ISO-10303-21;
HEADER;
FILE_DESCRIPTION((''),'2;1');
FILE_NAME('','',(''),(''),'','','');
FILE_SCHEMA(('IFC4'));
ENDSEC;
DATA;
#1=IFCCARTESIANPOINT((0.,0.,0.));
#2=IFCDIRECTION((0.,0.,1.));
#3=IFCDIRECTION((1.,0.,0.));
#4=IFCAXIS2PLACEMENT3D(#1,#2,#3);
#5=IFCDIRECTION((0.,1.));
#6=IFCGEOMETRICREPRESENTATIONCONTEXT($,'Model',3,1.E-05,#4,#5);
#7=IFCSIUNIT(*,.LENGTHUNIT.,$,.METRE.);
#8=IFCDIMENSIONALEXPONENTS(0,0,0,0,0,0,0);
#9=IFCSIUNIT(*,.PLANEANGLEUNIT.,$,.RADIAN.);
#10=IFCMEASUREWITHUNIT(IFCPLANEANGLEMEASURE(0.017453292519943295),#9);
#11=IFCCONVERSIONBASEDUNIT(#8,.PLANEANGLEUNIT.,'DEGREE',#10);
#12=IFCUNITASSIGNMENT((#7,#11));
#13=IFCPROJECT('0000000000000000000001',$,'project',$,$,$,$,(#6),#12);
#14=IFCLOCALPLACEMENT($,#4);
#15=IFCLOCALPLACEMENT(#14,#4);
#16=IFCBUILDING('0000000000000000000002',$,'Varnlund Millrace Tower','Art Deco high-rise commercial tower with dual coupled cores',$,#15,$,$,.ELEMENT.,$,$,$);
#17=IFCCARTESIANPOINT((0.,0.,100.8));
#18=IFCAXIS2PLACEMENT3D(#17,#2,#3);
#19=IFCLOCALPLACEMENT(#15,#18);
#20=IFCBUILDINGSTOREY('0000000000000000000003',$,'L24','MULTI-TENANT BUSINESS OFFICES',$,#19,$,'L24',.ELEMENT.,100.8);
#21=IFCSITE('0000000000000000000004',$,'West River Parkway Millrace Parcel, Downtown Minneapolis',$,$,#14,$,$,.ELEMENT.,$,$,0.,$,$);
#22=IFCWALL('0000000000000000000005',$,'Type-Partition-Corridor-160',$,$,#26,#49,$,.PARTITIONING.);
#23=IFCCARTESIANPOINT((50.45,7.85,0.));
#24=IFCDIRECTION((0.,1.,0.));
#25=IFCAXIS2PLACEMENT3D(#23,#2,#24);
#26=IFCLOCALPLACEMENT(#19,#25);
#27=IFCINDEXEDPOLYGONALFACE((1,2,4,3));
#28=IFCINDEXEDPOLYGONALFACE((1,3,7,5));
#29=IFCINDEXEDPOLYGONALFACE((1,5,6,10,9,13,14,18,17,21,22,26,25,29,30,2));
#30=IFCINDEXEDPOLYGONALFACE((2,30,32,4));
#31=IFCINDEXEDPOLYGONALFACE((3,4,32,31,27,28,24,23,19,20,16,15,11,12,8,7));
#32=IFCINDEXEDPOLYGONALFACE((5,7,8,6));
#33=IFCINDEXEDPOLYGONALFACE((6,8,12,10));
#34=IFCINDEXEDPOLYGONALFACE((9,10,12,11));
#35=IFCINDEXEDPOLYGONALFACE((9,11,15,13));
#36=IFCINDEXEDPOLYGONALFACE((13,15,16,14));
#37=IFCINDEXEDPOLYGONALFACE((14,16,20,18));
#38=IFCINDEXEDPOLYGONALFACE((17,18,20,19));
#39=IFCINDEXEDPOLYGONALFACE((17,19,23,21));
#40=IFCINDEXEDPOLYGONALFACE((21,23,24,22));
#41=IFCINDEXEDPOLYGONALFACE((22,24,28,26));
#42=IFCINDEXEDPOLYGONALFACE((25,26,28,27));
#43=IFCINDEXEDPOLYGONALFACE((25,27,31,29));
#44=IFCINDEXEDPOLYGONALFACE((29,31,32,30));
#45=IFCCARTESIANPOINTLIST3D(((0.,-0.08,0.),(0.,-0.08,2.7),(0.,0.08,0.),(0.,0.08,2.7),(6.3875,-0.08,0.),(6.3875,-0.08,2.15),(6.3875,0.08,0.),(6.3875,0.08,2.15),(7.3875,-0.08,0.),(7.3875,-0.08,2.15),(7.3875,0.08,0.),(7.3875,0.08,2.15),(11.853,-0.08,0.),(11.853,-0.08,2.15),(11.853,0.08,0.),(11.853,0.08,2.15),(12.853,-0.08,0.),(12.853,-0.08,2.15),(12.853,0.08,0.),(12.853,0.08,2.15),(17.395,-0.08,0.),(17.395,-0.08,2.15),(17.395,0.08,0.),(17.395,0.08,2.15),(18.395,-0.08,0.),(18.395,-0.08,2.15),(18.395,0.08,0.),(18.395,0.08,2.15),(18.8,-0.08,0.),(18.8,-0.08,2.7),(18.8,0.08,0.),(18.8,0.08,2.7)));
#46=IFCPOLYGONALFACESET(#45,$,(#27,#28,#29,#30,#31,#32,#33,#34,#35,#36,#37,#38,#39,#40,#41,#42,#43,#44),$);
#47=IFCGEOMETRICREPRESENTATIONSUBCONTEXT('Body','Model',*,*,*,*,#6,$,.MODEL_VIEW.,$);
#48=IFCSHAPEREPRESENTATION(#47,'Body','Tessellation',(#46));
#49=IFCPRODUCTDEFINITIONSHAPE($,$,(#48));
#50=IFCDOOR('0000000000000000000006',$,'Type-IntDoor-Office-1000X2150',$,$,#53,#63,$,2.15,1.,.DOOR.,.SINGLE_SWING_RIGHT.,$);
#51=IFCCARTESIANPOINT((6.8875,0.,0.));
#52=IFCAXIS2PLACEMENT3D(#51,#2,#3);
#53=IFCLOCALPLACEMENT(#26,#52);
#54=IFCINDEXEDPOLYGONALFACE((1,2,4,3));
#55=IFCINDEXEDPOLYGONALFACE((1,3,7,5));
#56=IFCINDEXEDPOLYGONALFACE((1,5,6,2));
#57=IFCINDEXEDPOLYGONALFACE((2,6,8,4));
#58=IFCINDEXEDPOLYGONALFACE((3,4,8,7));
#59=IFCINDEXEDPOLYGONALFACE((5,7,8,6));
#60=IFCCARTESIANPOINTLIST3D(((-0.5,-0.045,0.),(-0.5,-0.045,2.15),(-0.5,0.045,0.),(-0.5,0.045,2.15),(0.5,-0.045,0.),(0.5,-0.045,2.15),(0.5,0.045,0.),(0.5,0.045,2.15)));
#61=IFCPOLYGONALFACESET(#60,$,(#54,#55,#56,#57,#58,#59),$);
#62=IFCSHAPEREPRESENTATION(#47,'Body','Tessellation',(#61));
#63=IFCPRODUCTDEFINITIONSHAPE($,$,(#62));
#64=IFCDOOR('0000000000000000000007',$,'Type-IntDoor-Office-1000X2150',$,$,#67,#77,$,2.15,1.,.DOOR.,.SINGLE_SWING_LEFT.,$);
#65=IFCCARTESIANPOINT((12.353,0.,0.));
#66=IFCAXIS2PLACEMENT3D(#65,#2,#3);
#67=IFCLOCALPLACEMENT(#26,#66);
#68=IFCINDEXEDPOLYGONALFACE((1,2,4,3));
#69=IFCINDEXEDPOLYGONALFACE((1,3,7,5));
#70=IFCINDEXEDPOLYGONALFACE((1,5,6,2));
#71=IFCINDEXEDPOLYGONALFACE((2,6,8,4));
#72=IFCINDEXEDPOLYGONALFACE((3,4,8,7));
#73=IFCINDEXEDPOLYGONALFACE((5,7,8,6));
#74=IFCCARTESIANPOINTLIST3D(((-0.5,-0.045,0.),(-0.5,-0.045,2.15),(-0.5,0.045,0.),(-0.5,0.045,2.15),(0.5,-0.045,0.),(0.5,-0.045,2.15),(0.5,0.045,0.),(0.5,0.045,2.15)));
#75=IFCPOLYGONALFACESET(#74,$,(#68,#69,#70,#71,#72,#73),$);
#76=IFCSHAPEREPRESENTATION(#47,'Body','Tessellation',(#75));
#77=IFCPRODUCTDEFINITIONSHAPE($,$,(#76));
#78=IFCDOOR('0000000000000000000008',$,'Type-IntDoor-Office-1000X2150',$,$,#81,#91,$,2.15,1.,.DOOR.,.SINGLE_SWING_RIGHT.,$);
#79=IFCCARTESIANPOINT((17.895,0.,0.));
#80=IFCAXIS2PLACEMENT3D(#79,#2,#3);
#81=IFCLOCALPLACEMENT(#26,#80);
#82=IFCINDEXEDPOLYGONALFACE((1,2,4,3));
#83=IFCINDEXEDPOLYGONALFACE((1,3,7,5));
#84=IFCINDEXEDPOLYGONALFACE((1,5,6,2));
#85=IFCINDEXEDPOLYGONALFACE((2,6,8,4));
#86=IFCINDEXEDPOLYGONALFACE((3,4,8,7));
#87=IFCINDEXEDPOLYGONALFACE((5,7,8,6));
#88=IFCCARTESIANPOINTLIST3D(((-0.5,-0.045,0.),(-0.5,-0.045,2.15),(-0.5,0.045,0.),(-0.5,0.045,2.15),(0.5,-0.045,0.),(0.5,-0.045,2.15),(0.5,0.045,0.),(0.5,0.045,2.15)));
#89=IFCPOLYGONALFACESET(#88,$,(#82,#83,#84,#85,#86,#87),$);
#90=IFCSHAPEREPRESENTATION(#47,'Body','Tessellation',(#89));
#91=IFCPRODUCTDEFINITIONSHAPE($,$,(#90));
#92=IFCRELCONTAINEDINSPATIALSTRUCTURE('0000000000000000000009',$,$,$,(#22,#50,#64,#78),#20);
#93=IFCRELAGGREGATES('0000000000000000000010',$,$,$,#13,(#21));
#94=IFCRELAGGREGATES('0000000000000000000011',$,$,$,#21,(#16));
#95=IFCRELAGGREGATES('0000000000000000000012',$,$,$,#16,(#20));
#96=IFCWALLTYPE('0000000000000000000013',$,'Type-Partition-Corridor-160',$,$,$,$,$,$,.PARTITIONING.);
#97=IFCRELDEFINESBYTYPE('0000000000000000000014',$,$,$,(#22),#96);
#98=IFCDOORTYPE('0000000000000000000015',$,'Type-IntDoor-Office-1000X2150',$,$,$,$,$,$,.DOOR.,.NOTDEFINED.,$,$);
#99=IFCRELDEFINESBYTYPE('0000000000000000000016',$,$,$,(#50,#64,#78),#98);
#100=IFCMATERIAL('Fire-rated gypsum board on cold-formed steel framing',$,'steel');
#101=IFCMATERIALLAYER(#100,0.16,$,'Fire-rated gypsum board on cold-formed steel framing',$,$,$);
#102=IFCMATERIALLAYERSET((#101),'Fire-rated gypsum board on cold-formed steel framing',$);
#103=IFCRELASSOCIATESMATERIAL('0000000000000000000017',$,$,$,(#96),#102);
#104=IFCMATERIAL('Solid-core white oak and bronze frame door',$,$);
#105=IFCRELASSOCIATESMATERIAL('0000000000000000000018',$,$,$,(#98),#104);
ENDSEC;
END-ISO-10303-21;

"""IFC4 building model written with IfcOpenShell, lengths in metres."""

from ifc_helpers import new_model, entity, si_unit, converted_unit, direction, frame, origin_with_axes, origin_2d_with_axis, place, context, subcontext, project, spatial, polyline, rectangle, outline, extrude, material, layer, layer_set, type_object, element, fill, save


model = new_model("IFC4")

# Units and contexts
model_context = context("Model", 3, precision=1e-05, world=origin_with_axes(), true_north=direction((0.0, 1.0)))
body_context = subcontext(model_context, "Body", "Model", "MODEL_VIEW")
ifc_project = project(units=[si_unit("LENGTHUNIT", "METRE"), converted_unit("PLANEANGLEUNIT", "DEGREE", entity("IfcPlaneAngleMeasure", 0.017453292519943295), si_unit("PLANEANGLEUNIT", "RADIAN"), dimensions=[0, 0, 0, 0, 0, 0, 0])], contexts=[model_context])

# Site, building, storey
site_placement = place(None, origin_with_axes())
site = spatial("IfcSite", under=ifc_project, at=site_placement, Name="West River Parkway Millrace Parcel, Downtown Minneapolis", CompositionType="ELEMENT", RefElevation=0.0)
building_placement = place(site_placement, origin_with_axes())
building = spatial("IfcBuilding", under=site, at=building_placement, Name="Varnlund Millrace Tower", Description="Art Deco high-rise commercial tower with dual coupled cores", CompositionType="ELEMENT")
storey_placement = place(building_placement, frame((0.0, 0.0, 100.8), z_axis=(0.0, 0.0, 1.0), x_axis=(1.0, 0.0, 0.0)))
storey = spatial("IfcBuildingStorey", under=building, at=storey_placement, Name="L24", Description="MULTI-TENANT BUSINESS OFFICES", LongName="L24", CompositionType="ELEMENT", Elevation=100.8)

# Shared definitions
ifc_material_1 = material(Name="Fire-rated gypsum board on cold-formed steel framing", Category="steel")
ifc_layer_1 = layer(ifc_material_1, 0.16, Name="Fire-rated gypsum board on cold-formed steel framing")
ifc_layer_set_1 = layer_set([ifc_layer_1], Name="Fire-rated gypsum board on cold-formed steel framing")
wall_type_1 = type_object("IfcWallType", Name="Type-Partition-Corridor-160", PredefinedType="PARTITIONING", material=ifc_layer_set_1)

# Wall, openings, doors
wall_1_placement = place(storey_placement, frame((50.45, 7.85, 0.0), z_axis=(0.0, 0.0, 1.0), x_axis=(0.0, 1.0, 0.0)))
wall_1 = element("IfcWall", 1, at=wall_1_placement, inside=storey, type_object=wall_type_1, Name="Type-Partition-Corridor-160", PredefinedType="PARTITIONING", context=body_context, shape_type="SweptSolid", body=[
    extrude(outline(polyline([(0.0, -0.08), (18.8, -0.08), (18.8, 0.08), (0.0, 0.08), (0.0, -0.08)])), origin_with_axes(), (0.0, 0.0, 1.0), 2.7),
])
opening_1_placement = place(wall_1_placement, frame((6.8875, 0.0, 0.0), z_axis=(0.0, 0.0, 1.0), x_axis=(1.0, 0.0, 0.0)))
opening_1 = element("IfcOpeningElement", 2, at=opening_1_placement, cuts=wall_1, PredefinedType="OPENING", context=body_context, shape_type="SweptSolid", body=[
    extrude(rectangle(XDim=1.0, YDim=0.18, at=origin_2d_with_axis()), origin_with_axes(), (0.0, 0.0, 1.0), 2.15),
])
opening_2_placement = place(wall_1_placement, frame((12.353, 0.0, 0.0), z_axis=(0.0, 0.0, 1.0), x_axis=(1.0, 0.0, 0.0)))
opening_2 = element("IfcOpeningElement", 3, at=opening_2_placement, cuts=wall_1, PredefinedType="OPENING", context=body_context, shape_type="SweptSolid", body=[
    extrude(rectangle(XDim=1.0, YDim=0.18, at=origin_2d_with_axis()), origin_with_axes(), (0.0, 0.0, 1.0), 2.15),
])
opening_3_placement = place(wall_1_placement, frame((17.895, 0.0, 0.0), z_axis=(0.0, 0.0, 1.0), x_axis=(1.0, 0.0, 0.0)))
opening_3 = element("IfcOpeningElement", 4, at=opening_3_placement, cuts=wall_1, PredefinedType="OPENING", context=body_context, shape_type="SweptSolid", body=[
    extrude(rectangle(XDim=1.0, YDim=0.18, at=origin_2d_with_axis()), origin_with_axes(), (0.0, 0.0, 1.0), 2.15),
])
ifc_material_2 = material(Name="Solid-core white oak and bronze frame door")
door_type = type_object("IfcDoorType", Name="Type-IntDoor-Office-1000X2150", OperationType="NOTDEFINED", PredefinedType="DOOR", material=ifc_material_2)
door_1_placement = place(wall_1_placement, frame((6.8875, 0.0, 0.0), z_axis=(0.0, 0.0, 1.0), x_axis=(1.0, 0.0, 0.0)))
door_1 = element("IfcDoor", 5, at=door_1_placement, inside=storey, type_object=door_type, Name="Type-IntDoor-Office-1000X2150", OperationType="SINGLE_SWING_RIGHT", OverallHeight=2.15, OverallWidth=1.0, PredefinedType="DOOR", context=body_context, shape_type="SweptSolid", body=[
    extrude(rectangle(XDim=1.0, YDim=0.09, at=origin_2d_with_axis()), origin_with_axes(), (0.0, 0.0, 1.0), 2.15),
])
fill(opening_1, door_1)
door_2_placement = place(wall_1_placement, frame((12.353, 0.0, 0.0), z_axis=(0.0, 0.0, 1.0), x_axis=(1.0, 0.0, 0.0)))
door_2 = element("IfcDoor", 6, at=door_2_placement, inside=storey, type_object=door_type, Name="Type-IntDoor-Office-1000X2150", OperationType="SINGLE_SWING_LEFT", OverallHeight=2.15, OverallWidth=1.0, PredefinedType="DOOR", context=body_context, shape_type="SweptSolid", body=[
    extrude(rectangle(XDim=1.0, YDim=0.09, at=origin_2d_with_axis()), origin_with_axes(), (0.0, 0.0, 1.0), 2.15),
])
fill(opening_2, door_2)
door_3_placement = place(wall_1_placement, frame((17.895, 0.0, 0.0), z_axis=(0.0, 0.0, 1.0), x_axis=(1.0, 0.0, 0.0)))
door_3 = element("IfcDoor", 7, at=door_3_placement, inside=storey, type_object=door_type, Name="Type-IntDoor-Office-1000X2150", OperationType="SINGLE_SWING_RIGHT", OverallHeight=2.15, OverallWidth=1.0, PredefinedType="DOOR", context=body_context, shape_type="SweptSolid", body=[
    extrude(rectangle(XDim=1.0, YDim=0.09, at=origin_2d_with_axis()), origin_with_axes(), (0.0, 0.0, 1.0), 2.15),
])
fill(opening_3, door_3)

save(model, "model.ifc")
